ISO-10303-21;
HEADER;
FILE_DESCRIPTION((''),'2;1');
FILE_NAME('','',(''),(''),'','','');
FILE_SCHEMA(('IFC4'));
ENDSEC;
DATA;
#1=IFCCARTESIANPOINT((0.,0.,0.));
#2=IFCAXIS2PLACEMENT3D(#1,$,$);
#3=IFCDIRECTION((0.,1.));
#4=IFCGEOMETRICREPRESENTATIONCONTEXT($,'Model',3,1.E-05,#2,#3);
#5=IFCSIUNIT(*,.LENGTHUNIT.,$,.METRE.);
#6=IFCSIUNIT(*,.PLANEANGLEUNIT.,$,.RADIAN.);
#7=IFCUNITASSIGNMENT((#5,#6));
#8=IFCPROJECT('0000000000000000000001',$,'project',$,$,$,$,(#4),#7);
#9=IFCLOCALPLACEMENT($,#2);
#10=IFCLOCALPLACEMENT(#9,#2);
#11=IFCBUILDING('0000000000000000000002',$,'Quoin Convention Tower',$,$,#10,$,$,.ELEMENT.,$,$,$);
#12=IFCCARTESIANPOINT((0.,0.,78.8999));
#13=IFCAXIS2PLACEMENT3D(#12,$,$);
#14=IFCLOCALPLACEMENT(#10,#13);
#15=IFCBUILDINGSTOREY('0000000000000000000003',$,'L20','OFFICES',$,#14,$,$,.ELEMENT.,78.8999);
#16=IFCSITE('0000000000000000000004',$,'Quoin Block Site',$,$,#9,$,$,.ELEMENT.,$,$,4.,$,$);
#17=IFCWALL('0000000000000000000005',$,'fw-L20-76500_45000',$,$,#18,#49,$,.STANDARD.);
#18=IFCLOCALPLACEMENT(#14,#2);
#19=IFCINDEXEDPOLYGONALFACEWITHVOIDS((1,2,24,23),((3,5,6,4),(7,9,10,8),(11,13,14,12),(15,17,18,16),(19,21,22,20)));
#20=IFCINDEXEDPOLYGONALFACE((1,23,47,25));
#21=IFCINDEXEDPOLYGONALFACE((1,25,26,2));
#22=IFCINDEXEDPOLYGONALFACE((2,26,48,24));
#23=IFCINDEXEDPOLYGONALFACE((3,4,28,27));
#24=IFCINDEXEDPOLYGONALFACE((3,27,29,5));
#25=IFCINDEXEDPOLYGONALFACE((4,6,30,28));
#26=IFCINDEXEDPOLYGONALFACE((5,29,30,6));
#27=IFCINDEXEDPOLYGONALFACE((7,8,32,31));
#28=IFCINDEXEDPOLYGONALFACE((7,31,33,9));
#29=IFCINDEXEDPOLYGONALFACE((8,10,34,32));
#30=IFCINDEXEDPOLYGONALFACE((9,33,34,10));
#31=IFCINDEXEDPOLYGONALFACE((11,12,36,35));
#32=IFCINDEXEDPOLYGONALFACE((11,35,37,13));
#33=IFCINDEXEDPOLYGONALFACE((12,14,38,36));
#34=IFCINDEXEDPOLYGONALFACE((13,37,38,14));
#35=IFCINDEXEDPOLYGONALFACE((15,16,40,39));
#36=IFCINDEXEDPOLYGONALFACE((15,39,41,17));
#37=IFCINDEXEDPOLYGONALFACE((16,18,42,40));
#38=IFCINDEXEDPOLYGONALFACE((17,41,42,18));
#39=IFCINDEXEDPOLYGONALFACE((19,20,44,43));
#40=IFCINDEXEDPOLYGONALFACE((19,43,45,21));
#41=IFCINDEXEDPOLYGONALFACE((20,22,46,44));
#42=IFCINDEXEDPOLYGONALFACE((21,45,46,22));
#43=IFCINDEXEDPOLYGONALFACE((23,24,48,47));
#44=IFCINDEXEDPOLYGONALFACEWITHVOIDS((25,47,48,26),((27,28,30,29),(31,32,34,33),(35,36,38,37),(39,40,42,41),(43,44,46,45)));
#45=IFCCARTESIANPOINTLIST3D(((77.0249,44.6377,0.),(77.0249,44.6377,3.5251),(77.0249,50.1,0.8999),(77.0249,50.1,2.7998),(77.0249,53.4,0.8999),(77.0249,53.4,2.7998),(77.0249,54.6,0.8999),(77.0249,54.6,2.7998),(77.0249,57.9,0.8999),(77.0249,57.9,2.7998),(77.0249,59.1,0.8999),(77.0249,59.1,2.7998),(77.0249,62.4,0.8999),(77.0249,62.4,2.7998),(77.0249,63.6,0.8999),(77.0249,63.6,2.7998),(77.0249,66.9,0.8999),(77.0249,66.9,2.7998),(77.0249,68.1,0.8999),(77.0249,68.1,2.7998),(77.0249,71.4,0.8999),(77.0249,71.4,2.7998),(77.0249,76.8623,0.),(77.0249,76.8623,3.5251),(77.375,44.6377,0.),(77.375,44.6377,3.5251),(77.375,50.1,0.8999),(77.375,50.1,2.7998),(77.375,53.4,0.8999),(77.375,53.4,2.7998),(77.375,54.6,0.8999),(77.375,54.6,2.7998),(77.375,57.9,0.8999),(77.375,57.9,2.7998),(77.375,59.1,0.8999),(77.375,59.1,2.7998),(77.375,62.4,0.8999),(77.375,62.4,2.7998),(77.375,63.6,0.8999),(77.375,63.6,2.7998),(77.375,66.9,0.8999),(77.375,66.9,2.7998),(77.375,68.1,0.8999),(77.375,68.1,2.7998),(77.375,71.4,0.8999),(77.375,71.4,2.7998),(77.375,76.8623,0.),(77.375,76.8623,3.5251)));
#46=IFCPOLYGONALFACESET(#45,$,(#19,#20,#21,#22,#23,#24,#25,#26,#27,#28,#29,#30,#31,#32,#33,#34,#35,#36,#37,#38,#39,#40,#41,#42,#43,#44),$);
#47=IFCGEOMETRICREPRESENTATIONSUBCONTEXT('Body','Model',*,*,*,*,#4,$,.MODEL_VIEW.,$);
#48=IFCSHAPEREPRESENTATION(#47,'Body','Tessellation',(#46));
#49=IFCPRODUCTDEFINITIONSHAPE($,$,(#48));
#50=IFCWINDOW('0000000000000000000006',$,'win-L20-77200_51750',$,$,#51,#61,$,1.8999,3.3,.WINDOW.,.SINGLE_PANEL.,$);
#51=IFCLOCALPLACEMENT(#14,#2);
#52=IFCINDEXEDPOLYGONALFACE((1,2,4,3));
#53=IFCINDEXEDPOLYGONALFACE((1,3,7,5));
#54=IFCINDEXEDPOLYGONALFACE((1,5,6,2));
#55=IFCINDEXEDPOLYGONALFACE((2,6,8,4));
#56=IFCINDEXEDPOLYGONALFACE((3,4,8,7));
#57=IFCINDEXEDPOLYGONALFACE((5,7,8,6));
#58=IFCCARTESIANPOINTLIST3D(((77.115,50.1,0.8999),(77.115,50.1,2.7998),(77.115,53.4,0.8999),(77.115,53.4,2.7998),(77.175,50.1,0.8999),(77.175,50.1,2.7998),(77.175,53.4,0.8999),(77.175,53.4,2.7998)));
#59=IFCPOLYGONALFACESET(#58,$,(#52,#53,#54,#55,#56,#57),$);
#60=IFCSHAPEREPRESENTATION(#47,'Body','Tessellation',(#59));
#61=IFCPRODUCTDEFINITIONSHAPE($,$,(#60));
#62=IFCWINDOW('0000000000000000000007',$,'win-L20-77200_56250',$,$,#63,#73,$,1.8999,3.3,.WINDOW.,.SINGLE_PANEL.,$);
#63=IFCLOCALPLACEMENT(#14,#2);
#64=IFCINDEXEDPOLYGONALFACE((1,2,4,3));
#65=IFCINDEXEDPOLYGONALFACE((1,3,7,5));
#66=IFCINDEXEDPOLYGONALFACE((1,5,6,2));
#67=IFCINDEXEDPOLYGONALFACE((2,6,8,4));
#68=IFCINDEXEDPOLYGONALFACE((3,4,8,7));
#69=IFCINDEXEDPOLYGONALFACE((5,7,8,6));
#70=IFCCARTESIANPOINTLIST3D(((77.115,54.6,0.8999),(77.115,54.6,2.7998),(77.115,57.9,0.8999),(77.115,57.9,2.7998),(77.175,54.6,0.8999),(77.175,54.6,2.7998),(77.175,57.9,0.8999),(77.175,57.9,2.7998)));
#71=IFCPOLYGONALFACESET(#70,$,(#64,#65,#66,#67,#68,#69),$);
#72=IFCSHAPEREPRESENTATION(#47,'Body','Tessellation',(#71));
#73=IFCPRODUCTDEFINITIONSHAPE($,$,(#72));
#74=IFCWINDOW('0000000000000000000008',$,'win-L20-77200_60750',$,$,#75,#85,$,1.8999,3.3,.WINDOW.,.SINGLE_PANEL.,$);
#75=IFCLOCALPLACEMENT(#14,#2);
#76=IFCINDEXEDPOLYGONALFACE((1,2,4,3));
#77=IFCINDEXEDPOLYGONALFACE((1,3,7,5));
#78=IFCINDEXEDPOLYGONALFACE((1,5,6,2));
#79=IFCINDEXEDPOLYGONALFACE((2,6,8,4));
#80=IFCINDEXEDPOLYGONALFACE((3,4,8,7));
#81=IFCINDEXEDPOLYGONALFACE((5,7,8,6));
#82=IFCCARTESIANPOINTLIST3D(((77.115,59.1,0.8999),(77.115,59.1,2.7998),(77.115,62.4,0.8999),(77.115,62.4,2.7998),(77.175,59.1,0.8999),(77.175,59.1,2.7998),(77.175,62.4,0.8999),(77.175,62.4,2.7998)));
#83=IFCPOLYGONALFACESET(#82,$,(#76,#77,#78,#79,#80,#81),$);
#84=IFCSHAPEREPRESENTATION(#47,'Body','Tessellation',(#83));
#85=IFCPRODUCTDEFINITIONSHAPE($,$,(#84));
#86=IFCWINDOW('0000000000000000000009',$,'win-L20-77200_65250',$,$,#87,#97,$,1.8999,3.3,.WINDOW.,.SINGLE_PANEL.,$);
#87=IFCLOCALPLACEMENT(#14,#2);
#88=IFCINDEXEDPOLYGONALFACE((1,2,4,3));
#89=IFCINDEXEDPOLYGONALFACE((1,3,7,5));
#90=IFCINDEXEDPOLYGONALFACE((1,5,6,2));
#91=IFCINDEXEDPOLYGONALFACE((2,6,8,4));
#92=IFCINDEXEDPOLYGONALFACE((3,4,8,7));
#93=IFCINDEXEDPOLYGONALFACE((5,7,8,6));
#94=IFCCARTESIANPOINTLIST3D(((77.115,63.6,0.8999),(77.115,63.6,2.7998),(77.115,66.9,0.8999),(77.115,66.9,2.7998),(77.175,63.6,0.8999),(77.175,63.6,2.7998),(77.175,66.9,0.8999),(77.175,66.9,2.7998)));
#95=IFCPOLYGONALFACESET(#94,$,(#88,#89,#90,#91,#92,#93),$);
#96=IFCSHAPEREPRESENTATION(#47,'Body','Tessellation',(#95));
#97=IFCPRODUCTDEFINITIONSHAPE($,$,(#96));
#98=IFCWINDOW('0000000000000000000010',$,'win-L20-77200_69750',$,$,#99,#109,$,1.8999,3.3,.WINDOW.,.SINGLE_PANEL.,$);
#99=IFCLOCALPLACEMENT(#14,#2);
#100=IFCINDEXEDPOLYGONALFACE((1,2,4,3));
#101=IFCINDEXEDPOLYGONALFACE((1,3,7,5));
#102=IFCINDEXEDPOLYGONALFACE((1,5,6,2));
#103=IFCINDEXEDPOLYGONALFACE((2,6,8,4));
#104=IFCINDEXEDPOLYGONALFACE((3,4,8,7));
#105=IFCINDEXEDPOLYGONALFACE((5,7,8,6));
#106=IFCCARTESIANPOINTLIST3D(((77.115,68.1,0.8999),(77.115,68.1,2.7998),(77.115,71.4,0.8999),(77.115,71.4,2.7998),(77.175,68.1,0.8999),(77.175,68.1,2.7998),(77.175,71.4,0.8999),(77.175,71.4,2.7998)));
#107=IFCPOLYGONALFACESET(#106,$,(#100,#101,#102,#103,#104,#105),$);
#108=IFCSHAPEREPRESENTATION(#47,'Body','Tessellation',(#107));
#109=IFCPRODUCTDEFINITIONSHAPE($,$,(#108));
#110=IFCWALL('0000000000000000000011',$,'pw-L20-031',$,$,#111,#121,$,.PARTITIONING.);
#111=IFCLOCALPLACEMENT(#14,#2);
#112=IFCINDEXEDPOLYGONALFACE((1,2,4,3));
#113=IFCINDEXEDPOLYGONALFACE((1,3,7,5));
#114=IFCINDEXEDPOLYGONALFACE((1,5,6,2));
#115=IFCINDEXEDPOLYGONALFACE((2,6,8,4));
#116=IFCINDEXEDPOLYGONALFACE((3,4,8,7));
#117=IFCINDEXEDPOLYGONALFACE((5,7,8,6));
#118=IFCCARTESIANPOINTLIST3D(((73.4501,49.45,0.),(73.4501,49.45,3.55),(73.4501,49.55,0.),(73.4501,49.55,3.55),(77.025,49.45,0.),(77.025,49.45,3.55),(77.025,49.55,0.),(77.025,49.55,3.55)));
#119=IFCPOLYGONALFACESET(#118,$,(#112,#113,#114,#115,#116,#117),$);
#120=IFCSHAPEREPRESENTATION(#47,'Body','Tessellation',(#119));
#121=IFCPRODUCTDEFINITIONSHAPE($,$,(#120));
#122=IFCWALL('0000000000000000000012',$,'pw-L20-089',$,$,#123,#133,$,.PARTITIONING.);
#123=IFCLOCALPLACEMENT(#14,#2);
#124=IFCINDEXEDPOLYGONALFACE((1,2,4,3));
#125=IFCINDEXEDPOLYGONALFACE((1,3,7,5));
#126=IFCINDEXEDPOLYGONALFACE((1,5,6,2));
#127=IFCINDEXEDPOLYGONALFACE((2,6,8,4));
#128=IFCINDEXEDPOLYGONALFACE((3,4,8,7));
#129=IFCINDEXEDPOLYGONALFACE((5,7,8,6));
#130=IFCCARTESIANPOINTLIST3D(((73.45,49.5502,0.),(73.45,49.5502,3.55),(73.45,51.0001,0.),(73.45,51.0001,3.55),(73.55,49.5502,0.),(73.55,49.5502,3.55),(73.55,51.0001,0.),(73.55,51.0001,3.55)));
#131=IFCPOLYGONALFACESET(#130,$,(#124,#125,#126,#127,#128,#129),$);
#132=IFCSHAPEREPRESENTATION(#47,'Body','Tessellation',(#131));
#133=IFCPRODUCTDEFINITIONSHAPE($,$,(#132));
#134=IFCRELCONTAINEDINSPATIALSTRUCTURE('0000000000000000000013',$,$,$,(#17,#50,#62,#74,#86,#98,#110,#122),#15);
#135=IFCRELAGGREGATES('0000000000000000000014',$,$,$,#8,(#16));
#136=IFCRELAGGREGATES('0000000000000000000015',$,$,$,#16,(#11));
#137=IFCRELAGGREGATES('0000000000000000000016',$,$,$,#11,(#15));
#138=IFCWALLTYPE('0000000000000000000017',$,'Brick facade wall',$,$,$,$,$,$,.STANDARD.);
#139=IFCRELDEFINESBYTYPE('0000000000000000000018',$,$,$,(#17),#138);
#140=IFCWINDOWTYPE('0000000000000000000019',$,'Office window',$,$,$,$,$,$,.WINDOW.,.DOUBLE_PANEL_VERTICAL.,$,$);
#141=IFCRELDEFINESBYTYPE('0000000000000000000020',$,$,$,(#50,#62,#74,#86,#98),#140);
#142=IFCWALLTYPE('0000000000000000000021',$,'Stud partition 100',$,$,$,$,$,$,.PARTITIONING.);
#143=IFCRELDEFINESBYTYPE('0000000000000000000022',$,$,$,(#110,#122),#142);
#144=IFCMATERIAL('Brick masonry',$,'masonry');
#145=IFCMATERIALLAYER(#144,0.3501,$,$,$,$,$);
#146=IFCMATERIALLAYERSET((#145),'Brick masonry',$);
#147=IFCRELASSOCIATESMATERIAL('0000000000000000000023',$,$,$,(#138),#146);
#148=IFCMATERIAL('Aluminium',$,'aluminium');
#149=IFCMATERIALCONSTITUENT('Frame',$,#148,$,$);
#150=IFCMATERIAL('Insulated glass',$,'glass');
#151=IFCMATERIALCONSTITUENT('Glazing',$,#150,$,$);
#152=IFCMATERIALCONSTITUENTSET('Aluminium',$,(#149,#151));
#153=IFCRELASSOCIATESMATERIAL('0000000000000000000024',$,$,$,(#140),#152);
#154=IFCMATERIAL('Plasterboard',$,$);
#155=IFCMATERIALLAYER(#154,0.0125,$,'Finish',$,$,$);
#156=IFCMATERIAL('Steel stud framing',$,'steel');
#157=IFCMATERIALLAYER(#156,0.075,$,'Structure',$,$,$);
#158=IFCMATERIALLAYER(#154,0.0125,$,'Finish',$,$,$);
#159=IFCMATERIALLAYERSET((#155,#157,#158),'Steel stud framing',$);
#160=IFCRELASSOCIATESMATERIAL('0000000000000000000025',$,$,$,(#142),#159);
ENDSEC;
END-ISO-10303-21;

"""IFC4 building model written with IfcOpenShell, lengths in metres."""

from ifc_helpers import new_model, si_unit, direction, frame, frame_2d, origin, place, context, subcontext, project, spatial, rectangle, extrude, material, layer, layer_set, constituent, constituent_set, type_object, element, fill, save


model = new_model("IFC4")

# Units and contexts
model_context = context("Model", 3, precision=1e-05, world=origin(), true_north=direction((0.0, 1.0)))
body_context = subcontext(model_context, "Body", "Model", "MODEL_VIEW")
ifc_project = project(units=[si_unit("LENGTHUNIT", "METRE"), si_unit("PLANEANGLEUNIT", "RADIAN")], contexts=[model_context])

# Site, building, storey
site_placement = place(None, origin())
site = spatial("IfcSite", under=ifc_project, at=site_placement, Name="Quoin Block Site", CompositionType="ELEMENT", RefElevation=4.0)
building_placement = place(site_placement, origin())
building = spatial("IfcBuilding", under=site, at=building_placement, Name="Quoin Convention Tower", CompositionType="ELEMENT")
storey_placement = place(building_placement, frame((0.0, 0.0, 78.8999)))
storey = spatial("IfcBuildingStorey", under=building, at=storey_placement, Name="L20", Description="OFFICES", CompositionType="ELEMENT", Elevation=78.8999)

# Wall, openings, windows
ifc_material_1 = material(Name="Brick masonry", Category="masonry")
ifc_layer_1 = layer(ifc_material_1, 0.3501)
ifc_layer_set_1 = layer_set([ifc_layer_1], Name="Brick masonry")
wall_type_1 = type_object("IfcWallType", Name="Brick facade wall", PredefinedType="STANDARD", material=ifc_layer_set_1)
wall_1_placement = place(storey_placement, frame((77.2, 44.6377, 0.0), z_axis=(0.0, 0.0, 1.0), x_axis=(0.0, 1.0, 0.0)))
wall_1 = element("IfcWall", 1, at=wall_1_placement, inside=storey, type_object=wall_type_1, Name="fw-L20-76500_45000", PredefinedType="STANDARD", context=body_context, shape_type="SweptSolid", body=[
    extrude(rectangle(XDim=32.2246, YDim=0.3501, at=frame_2d((16.1123, 0.0))), origin(), (0.0, 0.0, 1.0), 3.5251),
])
opening_1_placement = place(wall_1_placement, frame((5.4624, 0.0, 0.8999)))
opening_1 = element("IfcOpeningElement", 2, at=opening_1_placement, cuts=wall_1, PredefinedType="OPENING", context=body_context, shape_type="SweptSolid", body=[
    extrude(rectangle(XDim=3.3, YDim=1.8999, at=frame_2d((1.6499, 0.95))), frame((0.0, 0.1851, 0.0), z_axis=(0.0, -1.0, 0.0), x_axis=(1.0, 0.0, 0.0)), (0.0, 0.0, 1.0), 0.3701),
])
opening_2_placement = place(wall_1_placement, frame((9.9624, 0.0, 0.8999)))
opening_2 = element("IfcOpeningElement", 3, at=opening_2_placement, cuts=wall_1, PredefinedType="OPENING", context=body_context, shape_type="SweptSolid", body=[
    extrude(rectangle(XDim=3.3, YDim=1.8999, at=frame_2d((1.6499, 0.95))), frame((0.0, 0.1851, 0.0), z_axis=(0.0, -1.0, 0.0), x_axis=(1.0, 0.0, 0.0)), (0.0, 0.0, 1.0), 0.3701),
])
opening_3_placement = place(wall_1_placement, frame((14.4624, 0.0, 0.8999)))
opening_3 = element("IfcOpeningElement", 4, at=opening_3_placement, cuts=wall_1, PredefinedType="OPENING", context=body_context, shape_type="SweptSolid", body=[
    extrude(rectangle(XDim=3.3, YDim=1.8999, at=frame_2d((1.6499, 0.95))), frame((0.0, 0.1851, 0.0), z_axis=(0.0, -1.0, 0.0), x_axis=(1.0, 0.0, 0.0)), (0.0, 0.0, 1.0), 0.3701),
])
opening_4_placement = place(wall_1_placement, frame((18.9624, 0.0, 0.8999)))
opening_4 = element("IfcOpeningElement", 5, at=opening_4_placement, cuts=wall_1, PredefinedType="OPENING", context=body_context, shape_type="SweptSolid", body=[
    extrude(rectangle(XDim=3.3, YDim=1.8999, at=frame_2d((1.6499, 0.95))), frame((0.0, 0.1851, 0.0), z_axis=(0.0, -1.0, 0.0), x_axis=(1.0, 0.0, 0.0)), (0.0, 0.0, 1.0), 0.3701),
])
opening_5_placement = place(wall_1_placement, frame((23.4624, 0.0, 0.8999)))
opening_5 = element("IfcOpeningElement", 6, at=opening_5_placement, cuts=wall_1, PredefinedType="OPENING", context=body_context, shape_type="SweptSolid", body=[
    extrude(rectangle(XDim=3.3, YDim=1.8999, at=frame_2d((1.6499, 0.95))), frame((0.0, 0.1851, 0.0), z_axis=(0.0, -1.0, 0.0), x_axis=(1.0, 0.0, 0.0)), (0.0, 0.0, 1.0), 0.3701),
])
ifc_material_2 = material(Name="Aluminium", Category="aluminium")
ifc_constituent_1 = constituent(ifc_material_2, Name="Frame")
ifc_material_3 = material(Name="Insulated glass", Category="glass")
ifc_constituent_2 = constituent(ifc_material_3, Name="Glazing")
ifc_constituent_set = constituent_set(constituents=[ifc_constituent_1, ifc_constituent_2], Name="Aluminium")
window_type = type_object("IfcWindowType", Name="Office window", PartitioningType="DOUBLE_PANEL_VERTICAL", PredefinedType="WINDOW", material=ifc_constituent_set)
window_1_placement = place(opening_1_placement, origin())
window_1 = element("IfcWindow", 7, at=window_1_placement, inside=storey, type_object=window_type, Name="win-L20-77200_51750", OverallHeight=1.8999, OverallWidth=3.3, PartitioningType="SINGLE_PANEL", PredefinedType="WINDOW", context=body_context, shape_type="SweptSolid", body=[
    extrude(rectangle(XDim=3.3, YDim=1.8999, at=frame_2d((1.6499, 0.95))), frame((0.0, 0.085, 0.0), z_axis=(0.0, -1.0, 0.0), x_axis=(1.0, 0.0, 0.0)), (0.0, 0.0, 1.0), 0.0601),
])
fill(opening_1, window_1)
window_2_placement = place(opening_2_placement, origin())
window_2 = element("IfcWindow", 8, at=window_2_placement, inside=storey, type_object=window_type, Name="win-L20-77200_56250", OverallHeight=1.8999, OverallWidth=3.3, PartitioningType="SINGLE_PANEL", PredefinedType="WINDOW", context=body_context, shape_type="SweptSolid", body=[
    extrude(rectangle(XDim=3.3, YDim=1.8999, at=frame_2d((1.6499, 0.95))), frame((0.0, 0.085, 0.0), z_axis=(0.0, -1.0, 0.0), x_axis=(1.0, 0.0, 0.0)), (0.0, 0.0, 1.0), 0.0601),
])
fill(opening_2, window_2)
window_3_placement = place(opening_3_placement, origin())
window_3 = element("IfcWindow", 9, at=window_3_placement, inside=storey, type_object=window_type, Name="win-L20-77200_60750", OverallHeight=1.8999, OverallWidth=3.3, PartitioningType="SINGLE_PANEL", PredefinedType="WINDOW", context=body_context, shape_type="SweptSolid", body=[
    extrude(rectangle(XDim=3.3, YDim=1.8999, at=frame_2d((1.6499, 0.95))), frame((0.0, 0.085, 0.0), z_axis=(0.0, -1.0, 0.0), x_axis=(1.0, 0.0, 0.0)), (0.0, 0.0, 1.0), 0.0601),
])
fill(opening_3, window_3)
window_4_placement = place(opening_4_placement, origin())
window_4 = element("IfcWindow", 10, at=window_4_placement, inside=storey, type_object=window_type, Name="win-L20-77200_65250", OverallHeight=1.8999, OverallWidth=3.3, PartitioningType="SINGLE_PANEL", PredefinedType="WINDOW", context=body_context, shape_type="SweptSolid", body=[
    extrude(rectangle(XDim=3.3, YDim=1.8999, at=frame_2d((1.6499, 0.95))), frame((0.0, 0.085, 0.0), z_axis=(0.0, -1.0, 0.0), x_axis=(1.0, 0.0, 0.0)), (0.0, 0.0, 1.0), 0.0601),
])
fill(opening_4, window_4)
window_5_placement = place(opening_5_placement, origin())
window_5 = element("IfcWindow", 11, at=window_5_placement, inside=storey, type_object=window_type, Name="win-L20-77200_69750", OverallHeight=1.8999, OverallWidth=3.3, PartitioningType="SINGLE_PANEL", PredefinedType="WINDOW", context=body_context, shape_type="SweptSolid", body=[
    extrude(rectangle(XDim=3.3, YDim=1.8999, at=frame_2d((1.6499, 0.95))), frame((0.0, 0.085, 0.0), z_axis=(0.0, -1.0, 0.0), x_axis=(1.0, 0.0, 0.0)), (0.0, 0.0, 1.0), 0.0601),
])
fill(opening_5, window_5)

# Walls
ifc_material_4 = material(Name="Plasterboard")
ifc_layer_2 = layer(ifc_material_4, 0.0125, Name="Finish")
ifc_material_5 = material(Name="Steel stud framing", Category="steel")
ifc_layer_3 = layer(ifc_material_5, 0.075, Name="Structure")
ifc_layer_4 = layer(ifc_material_4, 0.0125, Name="Finish")
ifc_layer_set_2 = layer_set([ifc_layer_2, ifc_layer_3, ifc_layer_4], Name="Steel stud framing")
wall_type_2 = type_object("IfcWallType", Name="Stud partition 100", PredefinedType="PARTITIONING", material=ifc_layer_set_2)
wall_2_placement = place(storey_placement, frame((73.45, 49.5, 0.0), z_axis=(0.0, 0.0, 1.0), x_axis=(1.0, 0.0, 0.0)))
element("IfcWall", 12, at=wall_2_placement, inside=storey, type_object=wall_type_2, Name="pw-L20-031", PredefinedType="PARTITIONING", context=body_context, shape_type="SweptSolid", body=[
    extrude(rectangle(XDim=3.575, YDim=0.1001, at=frame_2d((1.7876, 0.0))), origin(), (0.0, 0.0, 1.0), 3.55),
])
wall_3_placement = place(storey_placement, frame((73.5, 49.55, 0.0), z_axis=(0.0, 0.0, 1.0), x_axis=(0.0, 1.0, 0.0)))
element("IfcWall", 13, at=wall_3_placement, inside=storey, type_object=wall_type_2, Name="pw-L20-089", PredefinedType="PARTITIONING", context=body_context, shape_type="SweptSolid", body=[
    extrude(rectangle(XDim=1.45, YDim=0.1001, at=frame_2d((0.7251, 0.0))), origin(), (0.0, 0.0, 1.0), 3.55),
])

save(model, "model.ifc")
